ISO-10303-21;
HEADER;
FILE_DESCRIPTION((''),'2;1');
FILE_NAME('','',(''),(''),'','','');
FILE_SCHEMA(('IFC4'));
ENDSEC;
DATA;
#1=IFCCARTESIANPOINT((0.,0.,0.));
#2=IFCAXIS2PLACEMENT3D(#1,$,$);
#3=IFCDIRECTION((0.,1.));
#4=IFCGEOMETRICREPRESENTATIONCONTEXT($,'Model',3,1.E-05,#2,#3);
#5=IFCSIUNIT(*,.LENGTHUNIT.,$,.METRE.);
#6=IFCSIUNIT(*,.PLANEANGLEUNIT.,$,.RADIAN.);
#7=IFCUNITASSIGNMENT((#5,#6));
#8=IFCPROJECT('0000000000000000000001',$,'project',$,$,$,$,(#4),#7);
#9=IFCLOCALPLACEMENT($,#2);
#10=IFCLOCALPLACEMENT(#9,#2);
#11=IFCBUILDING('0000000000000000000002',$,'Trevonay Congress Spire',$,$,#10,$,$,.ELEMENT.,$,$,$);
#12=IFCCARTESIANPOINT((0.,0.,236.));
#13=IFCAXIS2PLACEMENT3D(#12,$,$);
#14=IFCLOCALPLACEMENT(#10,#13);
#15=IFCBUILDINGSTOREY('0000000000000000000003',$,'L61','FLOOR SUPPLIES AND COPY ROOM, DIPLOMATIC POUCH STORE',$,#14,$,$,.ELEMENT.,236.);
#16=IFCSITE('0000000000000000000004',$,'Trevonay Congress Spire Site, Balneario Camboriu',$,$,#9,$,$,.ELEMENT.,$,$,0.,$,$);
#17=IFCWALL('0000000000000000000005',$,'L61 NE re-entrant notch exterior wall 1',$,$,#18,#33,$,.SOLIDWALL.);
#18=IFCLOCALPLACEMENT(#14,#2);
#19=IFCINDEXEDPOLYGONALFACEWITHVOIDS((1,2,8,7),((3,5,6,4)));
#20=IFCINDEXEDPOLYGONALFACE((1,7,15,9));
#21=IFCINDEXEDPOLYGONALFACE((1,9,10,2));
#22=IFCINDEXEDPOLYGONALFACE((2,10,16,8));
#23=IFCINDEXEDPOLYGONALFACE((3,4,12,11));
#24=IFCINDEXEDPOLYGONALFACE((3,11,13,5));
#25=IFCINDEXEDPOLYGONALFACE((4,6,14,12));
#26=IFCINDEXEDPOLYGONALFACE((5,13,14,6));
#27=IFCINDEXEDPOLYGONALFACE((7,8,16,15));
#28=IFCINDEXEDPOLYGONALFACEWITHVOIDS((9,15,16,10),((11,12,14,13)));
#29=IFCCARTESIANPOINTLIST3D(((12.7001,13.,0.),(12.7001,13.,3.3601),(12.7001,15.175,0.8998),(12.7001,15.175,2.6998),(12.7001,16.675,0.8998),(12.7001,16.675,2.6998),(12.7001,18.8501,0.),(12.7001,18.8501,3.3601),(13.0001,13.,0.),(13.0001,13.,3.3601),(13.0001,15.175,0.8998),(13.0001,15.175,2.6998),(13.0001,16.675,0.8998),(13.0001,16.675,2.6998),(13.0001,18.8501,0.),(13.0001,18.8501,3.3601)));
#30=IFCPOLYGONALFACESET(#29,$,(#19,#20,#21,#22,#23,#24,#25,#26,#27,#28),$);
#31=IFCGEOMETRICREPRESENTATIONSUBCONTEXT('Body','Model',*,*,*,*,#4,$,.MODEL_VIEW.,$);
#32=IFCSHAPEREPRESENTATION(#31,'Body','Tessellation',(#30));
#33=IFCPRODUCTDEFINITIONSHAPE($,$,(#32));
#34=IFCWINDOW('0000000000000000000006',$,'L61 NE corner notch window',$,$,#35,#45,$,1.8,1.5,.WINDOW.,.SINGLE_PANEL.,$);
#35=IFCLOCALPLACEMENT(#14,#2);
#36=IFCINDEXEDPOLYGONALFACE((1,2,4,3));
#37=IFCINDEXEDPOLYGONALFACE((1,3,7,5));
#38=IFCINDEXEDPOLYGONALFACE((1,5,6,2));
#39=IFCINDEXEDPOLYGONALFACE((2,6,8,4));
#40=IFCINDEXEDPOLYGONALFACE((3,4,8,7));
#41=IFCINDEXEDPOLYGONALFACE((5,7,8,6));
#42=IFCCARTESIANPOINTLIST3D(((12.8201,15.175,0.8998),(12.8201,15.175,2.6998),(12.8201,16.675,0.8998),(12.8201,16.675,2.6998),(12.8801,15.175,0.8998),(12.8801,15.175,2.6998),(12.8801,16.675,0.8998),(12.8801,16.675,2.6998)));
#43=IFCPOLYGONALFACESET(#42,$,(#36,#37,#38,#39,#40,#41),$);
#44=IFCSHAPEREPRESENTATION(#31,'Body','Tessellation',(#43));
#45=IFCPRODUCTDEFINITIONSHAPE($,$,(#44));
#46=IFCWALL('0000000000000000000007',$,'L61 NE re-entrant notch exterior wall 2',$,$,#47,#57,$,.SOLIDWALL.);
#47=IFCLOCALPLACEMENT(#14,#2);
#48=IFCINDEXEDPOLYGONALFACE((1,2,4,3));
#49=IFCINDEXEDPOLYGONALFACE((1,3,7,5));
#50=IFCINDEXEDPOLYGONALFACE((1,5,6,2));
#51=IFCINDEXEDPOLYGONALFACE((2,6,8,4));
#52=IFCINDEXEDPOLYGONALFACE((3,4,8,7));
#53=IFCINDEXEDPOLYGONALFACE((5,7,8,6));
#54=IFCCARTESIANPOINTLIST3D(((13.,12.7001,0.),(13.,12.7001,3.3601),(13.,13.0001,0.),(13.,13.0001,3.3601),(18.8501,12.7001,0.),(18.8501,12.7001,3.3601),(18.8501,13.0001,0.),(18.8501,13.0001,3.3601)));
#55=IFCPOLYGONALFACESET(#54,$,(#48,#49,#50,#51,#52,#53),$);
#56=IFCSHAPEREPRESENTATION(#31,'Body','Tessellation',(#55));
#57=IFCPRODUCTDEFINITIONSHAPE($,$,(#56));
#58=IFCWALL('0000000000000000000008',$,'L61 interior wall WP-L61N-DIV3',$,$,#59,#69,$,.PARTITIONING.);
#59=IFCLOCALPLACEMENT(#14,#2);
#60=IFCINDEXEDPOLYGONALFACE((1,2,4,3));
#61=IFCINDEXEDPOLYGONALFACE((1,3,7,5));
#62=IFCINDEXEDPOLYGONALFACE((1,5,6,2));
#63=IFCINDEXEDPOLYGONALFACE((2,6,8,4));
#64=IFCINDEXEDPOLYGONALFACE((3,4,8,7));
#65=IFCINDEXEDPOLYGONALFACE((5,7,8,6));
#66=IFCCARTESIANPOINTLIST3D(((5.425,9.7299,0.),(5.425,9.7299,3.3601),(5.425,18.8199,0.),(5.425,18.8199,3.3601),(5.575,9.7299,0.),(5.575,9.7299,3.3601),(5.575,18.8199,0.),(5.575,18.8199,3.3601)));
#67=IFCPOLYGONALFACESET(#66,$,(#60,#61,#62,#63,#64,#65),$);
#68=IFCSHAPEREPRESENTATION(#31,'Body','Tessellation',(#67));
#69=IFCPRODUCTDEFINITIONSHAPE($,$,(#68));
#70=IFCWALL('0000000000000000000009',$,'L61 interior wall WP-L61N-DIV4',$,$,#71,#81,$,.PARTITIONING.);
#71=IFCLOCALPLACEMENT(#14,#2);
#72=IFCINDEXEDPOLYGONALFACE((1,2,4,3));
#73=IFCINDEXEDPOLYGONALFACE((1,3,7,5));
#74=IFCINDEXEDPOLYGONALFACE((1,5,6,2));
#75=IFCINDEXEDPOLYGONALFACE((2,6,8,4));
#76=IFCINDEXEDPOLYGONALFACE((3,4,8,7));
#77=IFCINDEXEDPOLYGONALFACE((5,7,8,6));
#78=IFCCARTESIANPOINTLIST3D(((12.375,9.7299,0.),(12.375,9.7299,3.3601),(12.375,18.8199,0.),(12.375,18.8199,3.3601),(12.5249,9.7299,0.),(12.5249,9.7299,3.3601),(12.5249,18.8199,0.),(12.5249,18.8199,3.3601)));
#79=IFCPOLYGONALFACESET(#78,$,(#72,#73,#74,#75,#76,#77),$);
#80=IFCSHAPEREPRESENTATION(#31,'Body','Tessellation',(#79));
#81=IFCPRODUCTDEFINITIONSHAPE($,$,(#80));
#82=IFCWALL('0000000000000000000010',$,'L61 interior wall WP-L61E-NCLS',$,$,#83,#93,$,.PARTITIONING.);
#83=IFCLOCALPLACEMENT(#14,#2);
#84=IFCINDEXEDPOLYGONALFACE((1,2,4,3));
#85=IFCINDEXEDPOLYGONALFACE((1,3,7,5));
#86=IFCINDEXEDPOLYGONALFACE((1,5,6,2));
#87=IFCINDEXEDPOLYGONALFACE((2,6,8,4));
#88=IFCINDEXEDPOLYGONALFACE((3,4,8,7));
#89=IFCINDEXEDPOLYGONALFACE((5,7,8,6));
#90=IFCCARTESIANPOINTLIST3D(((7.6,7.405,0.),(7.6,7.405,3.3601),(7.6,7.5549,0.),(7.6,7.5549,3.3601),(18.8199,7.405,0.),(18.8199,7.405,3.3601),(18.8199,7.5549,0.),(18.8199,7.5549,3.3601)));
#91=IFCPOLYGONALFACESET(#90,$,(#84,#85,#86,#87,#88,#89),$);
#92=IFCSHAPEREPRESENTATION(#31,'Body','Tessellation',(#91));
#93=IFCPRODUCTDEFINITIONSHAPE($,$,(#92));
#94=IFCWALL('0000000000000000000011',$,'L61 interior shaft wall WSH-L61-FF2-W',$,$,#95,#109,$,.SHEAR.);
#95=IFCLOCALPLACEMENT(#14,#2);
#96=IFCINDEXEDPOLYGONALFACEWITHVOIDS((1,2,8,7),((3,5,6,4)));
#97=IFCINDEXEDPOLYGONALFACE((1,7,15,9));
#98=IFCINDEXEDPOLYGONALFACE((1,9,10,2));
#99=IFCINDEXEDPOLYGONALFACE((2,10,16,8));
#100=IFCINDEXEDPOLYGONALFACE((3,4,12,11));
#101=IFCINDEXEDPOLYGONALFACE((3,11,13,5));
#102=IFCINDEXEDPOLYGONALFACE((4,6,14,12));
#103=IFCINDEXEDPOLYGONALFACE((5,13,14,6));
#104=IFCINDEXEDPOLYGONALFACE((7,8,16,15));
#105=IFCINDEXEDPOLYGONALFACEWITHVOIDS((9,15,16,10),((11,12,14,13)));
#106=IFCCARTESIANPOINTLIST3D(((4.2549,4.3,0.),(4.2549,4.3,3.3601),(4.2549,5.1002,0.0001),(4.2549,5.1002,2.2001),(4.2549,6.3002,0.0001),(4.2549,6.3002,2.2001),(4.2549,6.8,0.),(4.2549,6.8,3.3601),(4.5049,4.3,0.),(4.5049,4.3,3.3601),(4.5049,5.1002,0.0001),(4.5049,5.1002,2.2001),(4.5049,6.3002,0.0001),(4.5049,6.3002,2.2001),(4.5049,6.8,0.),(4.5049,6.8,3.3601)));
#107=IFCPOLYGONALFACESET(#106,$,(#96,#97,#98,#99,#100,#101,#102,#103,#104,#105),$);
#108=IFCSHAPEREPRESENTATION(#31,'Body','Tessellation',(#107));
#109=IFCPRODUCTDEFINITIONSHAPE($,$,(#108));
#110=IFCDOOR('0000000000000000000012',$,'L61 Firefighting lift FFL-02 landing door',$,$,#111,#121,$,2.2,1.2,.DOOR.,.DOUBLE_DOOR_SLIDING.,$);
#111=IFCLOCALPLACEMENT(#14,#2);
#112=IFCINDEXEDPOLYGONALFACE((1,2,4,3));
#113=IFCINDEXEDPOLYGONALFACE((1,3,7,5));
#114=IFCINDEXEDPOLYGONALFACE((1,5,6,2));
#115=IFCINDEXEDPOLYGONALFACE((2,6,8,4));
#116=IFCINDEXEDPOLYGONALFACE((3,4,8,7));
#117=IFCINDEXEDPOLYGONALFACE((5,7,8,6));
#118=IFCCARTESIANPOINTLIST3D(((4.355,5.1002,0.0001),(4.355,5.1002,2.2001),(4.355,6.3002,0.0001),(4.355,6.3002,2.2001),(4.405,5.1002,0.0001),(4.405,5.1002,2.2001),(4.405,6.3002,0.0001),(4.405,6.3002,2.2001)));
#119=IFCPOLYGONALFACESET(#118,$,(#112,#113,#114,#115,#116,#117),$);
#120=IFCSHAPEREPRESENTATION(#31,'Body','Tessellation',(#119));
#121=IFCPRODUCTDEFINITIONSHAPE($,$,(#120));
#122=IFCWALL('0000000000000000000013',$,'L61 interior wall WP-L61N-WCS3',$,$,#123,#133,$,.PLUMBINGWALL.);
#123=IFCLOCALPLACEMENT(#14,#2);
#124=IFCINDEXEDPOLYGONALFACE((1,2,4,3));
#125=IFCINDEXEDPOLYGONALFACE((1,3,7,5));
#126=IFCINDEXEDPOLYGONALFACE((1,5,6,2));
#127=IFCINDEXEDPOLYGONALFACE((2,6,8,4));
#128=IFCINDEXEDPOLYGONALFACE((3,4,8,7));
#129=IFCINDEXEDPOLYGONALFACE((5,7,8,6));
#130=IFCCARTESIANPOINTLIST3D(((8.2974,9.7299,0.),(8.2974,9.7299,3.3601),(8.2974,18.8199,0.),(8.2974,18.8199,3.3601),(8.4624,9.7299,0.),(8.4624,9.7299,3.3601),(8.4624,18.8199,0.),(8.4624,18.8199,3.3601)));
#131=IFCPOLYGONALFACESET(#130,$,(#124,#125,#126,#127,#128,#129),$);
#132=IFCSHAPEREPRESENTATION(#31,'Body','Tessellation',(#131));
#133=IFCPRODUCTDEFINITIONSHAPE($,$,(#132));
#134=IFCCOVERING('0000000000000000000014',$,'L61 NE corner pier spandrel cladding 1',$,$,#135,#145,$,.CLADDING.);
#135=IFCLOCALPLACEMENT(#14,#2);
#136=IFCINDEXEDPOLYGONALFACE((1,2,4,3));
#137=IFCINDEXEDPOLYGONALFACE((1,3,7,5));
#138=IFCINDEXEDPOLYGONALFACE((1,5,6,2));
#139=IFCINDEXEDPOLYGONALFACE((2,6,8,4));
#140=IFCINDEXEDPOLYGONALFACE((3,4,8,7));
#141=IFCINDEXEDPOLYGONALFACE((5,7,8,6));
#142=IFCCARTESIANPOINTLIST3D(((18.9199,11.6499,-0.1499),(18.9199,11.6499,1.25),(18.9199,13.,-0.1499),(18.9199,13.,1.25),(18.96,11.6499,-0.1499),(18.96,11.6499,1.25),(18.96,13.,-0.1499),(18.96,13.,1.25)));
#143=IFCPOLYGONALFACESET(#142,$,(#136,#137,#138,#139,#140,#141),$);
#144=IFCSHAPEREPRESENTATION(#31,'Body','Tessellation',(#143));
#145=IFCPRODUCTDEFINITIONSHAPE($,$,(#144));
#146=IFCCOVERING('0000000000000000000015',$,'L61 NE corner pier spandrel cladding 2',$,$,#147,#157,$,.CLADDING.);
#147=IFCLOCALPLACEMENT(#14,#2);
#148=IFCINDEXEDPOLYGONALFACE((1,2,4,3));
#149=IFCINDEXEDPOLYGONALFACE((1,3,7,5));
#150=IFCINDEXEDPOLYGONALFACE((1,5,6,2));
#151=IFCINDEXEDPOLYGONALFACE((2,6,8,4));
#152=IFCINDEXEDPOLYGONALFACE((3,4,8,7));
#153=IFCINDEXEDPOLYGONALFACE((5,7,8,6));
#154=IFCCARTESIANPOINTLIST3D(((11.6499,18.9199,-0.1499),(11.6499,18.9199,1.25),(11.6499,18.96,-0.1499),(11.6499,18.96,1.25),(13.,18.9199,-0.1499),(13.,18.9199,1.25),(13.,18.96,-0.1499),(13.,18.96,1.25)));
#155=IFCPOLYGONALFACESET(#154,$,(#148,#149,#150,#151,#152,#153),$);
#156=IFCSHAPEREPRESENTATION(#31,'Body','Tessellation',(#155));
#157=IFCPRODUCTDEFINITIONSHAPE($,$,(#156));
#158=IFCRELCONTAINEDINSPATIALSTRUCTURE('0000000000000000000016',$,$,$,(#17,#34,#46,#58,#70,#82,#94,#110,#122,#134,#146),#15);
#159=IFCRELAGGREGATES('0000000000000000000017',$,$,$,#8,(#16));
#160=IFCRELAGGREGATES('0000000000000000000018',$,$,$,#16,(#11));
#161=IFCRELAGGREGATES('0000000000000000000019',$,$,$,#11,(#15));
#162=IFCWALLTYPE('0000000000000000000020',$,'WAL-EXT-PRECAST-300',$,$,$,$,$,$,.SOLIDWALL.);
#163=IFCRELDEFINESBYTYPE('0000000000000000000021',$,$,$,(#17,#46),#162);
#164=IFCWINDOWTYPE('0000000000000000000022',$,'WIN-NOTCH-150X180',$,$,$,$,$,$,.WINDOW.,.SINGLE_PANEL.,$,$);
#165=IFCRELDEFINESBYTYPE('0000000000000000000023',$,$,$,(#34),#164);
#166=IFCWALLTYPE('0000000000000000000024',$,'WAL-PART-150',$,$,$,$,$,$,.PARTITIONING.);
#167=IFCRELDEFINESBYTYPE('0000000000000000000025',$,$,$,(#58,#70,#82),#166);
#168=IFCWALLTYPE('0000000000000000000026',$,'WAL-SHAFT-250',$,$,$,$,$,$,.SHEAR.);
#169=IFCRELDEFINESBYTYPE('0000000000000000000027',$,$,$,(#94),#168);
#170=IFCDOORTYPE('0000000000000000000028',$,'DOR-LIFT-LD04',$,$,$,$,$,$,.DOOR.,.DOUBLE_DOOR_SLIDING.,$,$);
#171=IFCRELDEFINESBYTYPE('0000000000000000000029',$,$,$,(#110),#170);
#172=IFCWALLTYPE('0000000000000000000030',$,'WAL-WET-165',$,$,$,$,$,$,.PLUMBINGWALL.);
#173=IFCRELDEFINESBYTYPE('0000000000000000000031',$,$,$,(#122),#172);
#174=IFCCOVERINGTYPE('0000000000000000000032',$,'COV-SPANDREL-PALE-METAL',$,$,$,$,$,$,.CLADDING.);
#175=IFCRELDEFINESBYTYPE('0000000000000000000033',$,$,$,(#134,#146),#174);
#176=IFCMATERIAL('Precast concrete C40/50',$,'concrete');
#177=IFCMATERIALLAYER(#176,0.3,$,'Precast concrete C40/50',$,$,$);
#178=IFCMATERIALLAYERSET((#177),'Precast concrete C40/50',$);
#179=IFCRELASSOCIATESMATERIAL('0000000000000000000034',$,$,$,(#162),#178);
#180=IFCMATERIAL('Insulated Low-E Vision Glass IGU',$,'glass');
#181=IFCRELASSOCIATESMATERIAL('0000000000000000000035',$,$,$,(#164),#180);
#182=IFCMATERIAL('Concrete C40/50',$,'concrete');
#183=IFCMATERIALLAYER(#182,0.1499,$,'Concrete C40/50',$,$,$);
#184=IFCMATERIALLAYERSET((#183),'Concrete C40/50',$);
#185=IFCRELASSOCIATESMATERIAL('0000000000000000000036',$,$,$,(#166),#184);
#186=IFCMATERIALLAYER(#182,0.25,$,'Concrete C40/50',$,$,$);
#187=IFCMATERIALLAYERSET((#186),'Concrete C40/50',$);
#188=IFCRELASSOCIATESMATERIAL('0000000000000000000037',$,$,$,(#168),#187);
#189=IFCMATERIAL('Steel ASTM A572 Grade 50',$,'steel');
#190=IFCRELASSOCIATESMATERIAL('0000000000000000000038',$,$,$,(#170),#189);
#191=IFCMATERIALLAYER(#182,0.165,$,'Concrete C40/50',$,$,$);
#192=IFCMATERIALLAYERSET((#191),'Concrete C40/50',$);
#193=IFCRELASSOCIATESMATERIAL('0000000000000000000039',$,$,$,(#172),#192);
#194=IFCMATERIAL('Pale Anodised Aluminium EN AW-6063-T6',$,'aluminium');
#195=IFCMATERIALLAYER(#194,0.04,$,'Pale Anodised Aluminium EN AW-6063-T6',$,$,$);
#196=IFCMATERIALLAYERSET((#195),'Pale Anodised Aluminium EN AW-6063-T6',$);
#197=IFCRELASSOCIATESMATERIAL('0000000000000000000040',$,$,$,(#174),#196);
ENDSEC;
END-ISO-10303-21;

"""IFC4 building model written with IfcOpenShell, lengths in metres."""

from ifc_helpers import new_model, si_unit, direction, frame, frame_2d, origin, place, context, subcontext, project, spatial, rectangle, extrude, material, layer, layer_set, type_object, element, fill, save


model = new_model("IFC4")

# Units and contexts
model_context = context("Model", 3, precision=1e-05, world=origin(), true_north=direction((0.0, 1.0)))
body_context = subcontext(model_context, "Body", "Model", "MODEL_VIEW")
ifc_project = project(units=[si_unit("LENGTHUNIT", "METRE"), si_unit("PLANEANGLEUNIT", "RADIAN")], contexts=[model_context])

# Site, building, storey
site_placement = place(None, origin())
site = spatial("IfcSite", under=ifc_project, at=site_placement, Name="Trevonay Congress Spire Site, Balneario Camboriu", CompositionType="ELEMENT", RefElevation=0.0)
building_placement = place(site_placement, origin())
building = spatial("IfcBuilding", under=site, at=building_placement, Name="Trevonay Congress Spire", CompositionType="ELEMENT")
storey_placement = place(building_placement, frame((0.0, 0.0, 236.0)))
storey = spatial("IfcBuildingStorey", under=building, at=storey_placement, Name="L61", Description="FLOOR SUPPLIES AND COPY ROOM, DIPLOMATIC POUCH STORE", CompositionType="ELEMENT", Elevation=236.0)

# Shared definitions
ifc_material_1 = material(Name="Steel ASTM A572 Grade 50", Category="steel")

# Shared definitions
ifc_material_2 = material(Name="Pale Anodised Aluminium EN AW-6063-T6", Category="aluminium")

# Shared definitions
ifc_material_3 = material(Name="Insulated Low-E Vision Glass IGU", Category="glass")

# Shared definitions
ifc_material_4 = material(Name="Precast concrete C40/50", Category="concrete")
ifc_layer_1 = layer(ifc_material_4, 0.3, Name="Precast concrete C40/50")
ifc_layer_set_1 = layer_set([ifc_layer_1], Name="Precast concrete C40/50")
wall_type_1 = type_object("IfcWallType", Name="WAL-EXT-PRECAST-300", PredefinedType="SOLIDWALL", material=ifc_layer_set_1)

# Wall, opening, window
wall_1_placement = place(storey_placement, frame((12.8501, 18.8501, 0.0), z_axis=(0.0, 0.0, 1.0), x_axis=(0.0, -1.0, 0.0)))
wall_1 = element("IfcWall", 1, at=wall_1_placement, inside=storey, type_object=wall_type_1, Name="L61 NE re-entrant notch exterior wall 1", PredefinedType="SOLIDWALL", context=body_context, shape_type="SweptSolid", body=[
    extrude(rectangle(XDim=5.8501, YDim=0.3, at=frame_2d((2.925, 0.0))), origin(), (0.0, 0.0, 1.0), 3.3601),
])
opening_1_placement = place(wall_1_placement, frame((2.175, 0.0, 0.8999)))
opening_1 = element("IfcOpeningElement", 2, at=opening_1_placement, cuts=wall_1, PredefinedType="OPENING", context=body_context, shape_type="SweptSolid", body=[
    extrude(rectangle(XDim=1.5, YDim=1.8, at=frame_2d((0.75, 0.8999))), frame((0.0, 0.1602, 0.0), z_axis=(0.0, -1.0, 0.0), x_axis=(1.0, 0.0, 0.0)), (0.0, 0.0, 1.0), 0.3201),
])
window_type = type_object("IfcWindowType", Name="WIN-NOTCH-150X180", PartitioningType="SINGLE_PANEL", PredefinedType="WINDOW", material=ifc_material_3)
window_placement = place(opening_1_placement, origin())
window = element("IfcWindow", 3, at=window_placement, inside=storey, type_object=window_type, Name="L61 NE corner notch window", OverallHeight=1.8, OverallWidth=1.5, PartitioningType="SINGLE_PANEL", PredefinedType="WINDOW", context=body_context, shape_type="SweptSolid", body=[
    extrude(rectangle(XDim=1.5, YDim=1.8, at=frame_2d((0.75, 0.8999))), frame((0.0, 0.03, 0.0), z_axis=(0.0, -1.0, 0.0), x_axis=(1.0, 0.0, 0.0)), (0.0, 0.0, 1.0), 0.0601),
])
fill(opening_1, window)

# Walls
wall_2_placement = place(storey_placement, frame((18.8501, 12.8501, 0.0), z_axis=(0.0, 0.0, 1.0), x_axis=(-1.0, 0.0, 0.0)))
element("IfcWall", 4, at=wall_2_placement, inside=storey, type_object=wall_type_1, Name="L61 NE re-entrant notch exterior wall 2", PredefinedType="SOLIDWALL", context=body_context, shape_type="SweptSolid", body=[
    extrude(rectangle(XDim=5.8501, YDim=0.3, at=frame_2d((2.925, 0.0))), origin(), (0.0, 0.0, 1.0), 3.3601),
])
ifc_material_5 = material(Name="Concrete C40/50", Category="concrete")
ifc_layer_2 = layer(ifc_material_5, 0.1499, Name="Concrete C40/50")
ifc_layer_set_2 = layer_set([ifc_layer_2], Name="Concrete C40/50")
wall_type_2 = type_object("IfcWallType", Name="WAL-PART-150", PredefinedType="PARTITIONING", material=ifc_layer_set_2)
for number, where, z_axis, x_axis, name in (
    (5, (5.5, 9.73, 0.0), (0.0, 0.0, 1.0), (0.0, 1.0, 0.0), "L61 interior wall WP-L61N-DIV3"),
    (6, (12.45, 9.73, 0.0), (0.0, 0.0, 1.0), (0.0, 1.0, 0.0), "L61 interior wall WP-L61N-DIV4"),
):
    element("IfcWall", number, at=place(storey_placement, frame(where, z_axis=z_axis, x_axis=x_axis)), inside=storey, type_object=wall_type_2, Name=name, PredefinedType="PARTITIONING", context=body_context, shape_type="SweptSolid", body=[
        extrude(rectangle(XDim=9.0901, YDim=0.1499, at=frame_2d((4.5449, 0.0))), origin(), (0.0, 0.0, 1.0), 3.3601),
    ])
wall_3_placement = place(storey_placement, frame((7.6001, 7.48, 0.0), z_axis=(0.0, 0.0, 1.0), x_axis=(1.0, 0.0, 0.0)))
element("IfcWall", 7, at=wall_3_placement, inside=storey, type_object=wall_type_2, Name="L61 interior wall WP-L61E-NCLS", PredefinedType="PARTITIONING", context=body_context, shape_type="SweptSolid", body=[
    extrude(rectangle(XDim=11.22, YDim=0.1499, at=frame_2d((5.6099, 0.0))), origin(), (0.0, 0.0, 1.0), 3.3601),
])

# Wall, opening, door
ifc_layer_3 = layer(ifc_material_5, 0.25, Name="Concrete C40/50")
ifc_layer_set_3 = layer_set([ifc_layer_3], Name="Concrete C40/50")
wall_type_3 = type_object("IfcWallType", Name="WAL-SHAFT-250", PredefinedType="SHEAR", material=ifc_layer_set_3)
wall_4_placement = place(storey_placement, frame((4.3799, 4.3, 0.0), z_axis=(0.0, 0.0, 1.0), x_axis=(0.0, 1.0, 0.0)))
wall_4 = element("IfcWall", 8, at=wall_4_placement, inside=storey, type_object=wall_type_3, Name="L61 interior shaft wall WSH-L61-FF2-W", PredefinedType="SHEAR", context=body_context, shape_type="SweptSolid", body=[
    extrude(rectangle(XDim=2.5, YDim=0.25, at=frame_2d((1.25, 0.0))), origin(), (0.0, 0.0, 1.0), 3.3601),
])
opening_2_placement = place(wall_4_placement, frame((0.8, 0.0, 0.0)))
opening_2 = element("IfcOpeningElement", 9, at=opening_2_placement, cuts=wall_4, PredefinedType="OPENING", context=body_context, shape_type="SweptSolid", body=[
    extrude(rectangle(XDim=1.2, YDim=2.2, at=frame_2d((0.6001, 1.1001))), frame((0.0, 0.135, 0.0), z_axis=(0.0, -1.0, 0.0), x_axis=(1.0, 0.0, 0.0)), (0.0, 0.0, 1.0), 0.27),
])
door_type = type_object("IfcDoorType", Name="DOR-LIFT-LD04", OperationType="DOUBLE_DOOR_SLIDING", PredefinedType="DOOR", material=ifc_material_1)
door_placement = place(opening_2_placement, origin())
door = element("IfcDoor", 10, at=door_placement, inside=storey, type_object=door_type, Name="L61 Firefighting lift FFL-02 landing door", OperationType="DOUBLE_DOOR_SLIDING", OverallHeight=2.2, OverallWidth=1.2, PredefinedType="DOOR", context=body_context, shape_type="SweptSolid", body=[
    extrude(rectangle(XDim=1.2, YDim=2.2, at=frame_2d((0.6001, 1.1001))), frame((0.0, 0.0249, 0.0), z_axis=(0.0, -1.0, 0.0), x_axis=(1.0, 0.0, 0.0)), (0.0, 0.0, 1.0), 0.05),
])
fill(opening_2, door)

# Wall
ifc_layer_4 = layer(ifc_material_5, 0.165, Name="Concrete C40/50")
ifc_layer_set_4 = layer_set([ifc_layer_4], Name="Concrete C40/50")
wall_type_4 = type_object("IfcWallType", Name="WAL-WET-165", PredefinedType="PLUMBINGWALL", material=ifc_layer_set_4)
wall_5_placement = place(storey_placement, frame((8.3799, 9.73, 0.0), z_axis=(0.0, 0.0, 1.0), x_axis=(0.0, 1.0, 0.0)))
element("IfcWall", 11, at=wall_5_placement, inside=storey, type_object=wall_type_4, Name="L61 interior wall WP-L61N-WCS3", PredefinedType="PLUMBINGWALL", context=body_context, shape_type="SweptSolid", body=[
    extrude(rectangle(XDim=9.0901, YDim=0.165, at=frame_2d((4.5449, 0.0))), origin(), (0.0, 0.0, 1.0), 3.3601),
])

# Coverings
ifc_layer_5 = layer(ifc_material_2, 0.04, Name="Pale Anodised Aluminium EN AW-6063-T6")
ifc_layer_set_5 = layer_set([ifc_layer_5], Name="Pale Anodised Aluminium EN AW-6063-T6")
covering_type = type_object("IfcCoveringType", Name="COV-SPANDREL-PALE-METAL", PredefinedType="CLADDING", material=ifc_layer_set_5)
for number, where, z_axis, x_axis, name in (
    (12, (18.9399, 11.6499, -0.1499), (0.0, 0.0, 1.0), (0.0, 1.0, 0.0), "L61 NE corner pier spandrel cladding 1"),
    (13, (11.6499, 18.9399, -0.1499), (0.0, 0.0, 1.0), (1.0, 0.0, 0.0), "L61 NE corner pier spandrel cladding 2"),
):
    element("IfcCovering", number, at=place(storey_placement, frame(where, z_axis=z_axis, x_axis=x_axis)), inside=storey, type_object=covering_type, Name=name, PredefinedType="CLADDING", context=body_context, shape_type="SweptSolid", body=[
        extrude(rectangle(XDim=1.3501, YDim=0.04, at=frame_2d((0.675, 0.0))), origin(), (0.0, 0.0, 1.0), 1.3999),
    ])

save(model, "model.ifc")
